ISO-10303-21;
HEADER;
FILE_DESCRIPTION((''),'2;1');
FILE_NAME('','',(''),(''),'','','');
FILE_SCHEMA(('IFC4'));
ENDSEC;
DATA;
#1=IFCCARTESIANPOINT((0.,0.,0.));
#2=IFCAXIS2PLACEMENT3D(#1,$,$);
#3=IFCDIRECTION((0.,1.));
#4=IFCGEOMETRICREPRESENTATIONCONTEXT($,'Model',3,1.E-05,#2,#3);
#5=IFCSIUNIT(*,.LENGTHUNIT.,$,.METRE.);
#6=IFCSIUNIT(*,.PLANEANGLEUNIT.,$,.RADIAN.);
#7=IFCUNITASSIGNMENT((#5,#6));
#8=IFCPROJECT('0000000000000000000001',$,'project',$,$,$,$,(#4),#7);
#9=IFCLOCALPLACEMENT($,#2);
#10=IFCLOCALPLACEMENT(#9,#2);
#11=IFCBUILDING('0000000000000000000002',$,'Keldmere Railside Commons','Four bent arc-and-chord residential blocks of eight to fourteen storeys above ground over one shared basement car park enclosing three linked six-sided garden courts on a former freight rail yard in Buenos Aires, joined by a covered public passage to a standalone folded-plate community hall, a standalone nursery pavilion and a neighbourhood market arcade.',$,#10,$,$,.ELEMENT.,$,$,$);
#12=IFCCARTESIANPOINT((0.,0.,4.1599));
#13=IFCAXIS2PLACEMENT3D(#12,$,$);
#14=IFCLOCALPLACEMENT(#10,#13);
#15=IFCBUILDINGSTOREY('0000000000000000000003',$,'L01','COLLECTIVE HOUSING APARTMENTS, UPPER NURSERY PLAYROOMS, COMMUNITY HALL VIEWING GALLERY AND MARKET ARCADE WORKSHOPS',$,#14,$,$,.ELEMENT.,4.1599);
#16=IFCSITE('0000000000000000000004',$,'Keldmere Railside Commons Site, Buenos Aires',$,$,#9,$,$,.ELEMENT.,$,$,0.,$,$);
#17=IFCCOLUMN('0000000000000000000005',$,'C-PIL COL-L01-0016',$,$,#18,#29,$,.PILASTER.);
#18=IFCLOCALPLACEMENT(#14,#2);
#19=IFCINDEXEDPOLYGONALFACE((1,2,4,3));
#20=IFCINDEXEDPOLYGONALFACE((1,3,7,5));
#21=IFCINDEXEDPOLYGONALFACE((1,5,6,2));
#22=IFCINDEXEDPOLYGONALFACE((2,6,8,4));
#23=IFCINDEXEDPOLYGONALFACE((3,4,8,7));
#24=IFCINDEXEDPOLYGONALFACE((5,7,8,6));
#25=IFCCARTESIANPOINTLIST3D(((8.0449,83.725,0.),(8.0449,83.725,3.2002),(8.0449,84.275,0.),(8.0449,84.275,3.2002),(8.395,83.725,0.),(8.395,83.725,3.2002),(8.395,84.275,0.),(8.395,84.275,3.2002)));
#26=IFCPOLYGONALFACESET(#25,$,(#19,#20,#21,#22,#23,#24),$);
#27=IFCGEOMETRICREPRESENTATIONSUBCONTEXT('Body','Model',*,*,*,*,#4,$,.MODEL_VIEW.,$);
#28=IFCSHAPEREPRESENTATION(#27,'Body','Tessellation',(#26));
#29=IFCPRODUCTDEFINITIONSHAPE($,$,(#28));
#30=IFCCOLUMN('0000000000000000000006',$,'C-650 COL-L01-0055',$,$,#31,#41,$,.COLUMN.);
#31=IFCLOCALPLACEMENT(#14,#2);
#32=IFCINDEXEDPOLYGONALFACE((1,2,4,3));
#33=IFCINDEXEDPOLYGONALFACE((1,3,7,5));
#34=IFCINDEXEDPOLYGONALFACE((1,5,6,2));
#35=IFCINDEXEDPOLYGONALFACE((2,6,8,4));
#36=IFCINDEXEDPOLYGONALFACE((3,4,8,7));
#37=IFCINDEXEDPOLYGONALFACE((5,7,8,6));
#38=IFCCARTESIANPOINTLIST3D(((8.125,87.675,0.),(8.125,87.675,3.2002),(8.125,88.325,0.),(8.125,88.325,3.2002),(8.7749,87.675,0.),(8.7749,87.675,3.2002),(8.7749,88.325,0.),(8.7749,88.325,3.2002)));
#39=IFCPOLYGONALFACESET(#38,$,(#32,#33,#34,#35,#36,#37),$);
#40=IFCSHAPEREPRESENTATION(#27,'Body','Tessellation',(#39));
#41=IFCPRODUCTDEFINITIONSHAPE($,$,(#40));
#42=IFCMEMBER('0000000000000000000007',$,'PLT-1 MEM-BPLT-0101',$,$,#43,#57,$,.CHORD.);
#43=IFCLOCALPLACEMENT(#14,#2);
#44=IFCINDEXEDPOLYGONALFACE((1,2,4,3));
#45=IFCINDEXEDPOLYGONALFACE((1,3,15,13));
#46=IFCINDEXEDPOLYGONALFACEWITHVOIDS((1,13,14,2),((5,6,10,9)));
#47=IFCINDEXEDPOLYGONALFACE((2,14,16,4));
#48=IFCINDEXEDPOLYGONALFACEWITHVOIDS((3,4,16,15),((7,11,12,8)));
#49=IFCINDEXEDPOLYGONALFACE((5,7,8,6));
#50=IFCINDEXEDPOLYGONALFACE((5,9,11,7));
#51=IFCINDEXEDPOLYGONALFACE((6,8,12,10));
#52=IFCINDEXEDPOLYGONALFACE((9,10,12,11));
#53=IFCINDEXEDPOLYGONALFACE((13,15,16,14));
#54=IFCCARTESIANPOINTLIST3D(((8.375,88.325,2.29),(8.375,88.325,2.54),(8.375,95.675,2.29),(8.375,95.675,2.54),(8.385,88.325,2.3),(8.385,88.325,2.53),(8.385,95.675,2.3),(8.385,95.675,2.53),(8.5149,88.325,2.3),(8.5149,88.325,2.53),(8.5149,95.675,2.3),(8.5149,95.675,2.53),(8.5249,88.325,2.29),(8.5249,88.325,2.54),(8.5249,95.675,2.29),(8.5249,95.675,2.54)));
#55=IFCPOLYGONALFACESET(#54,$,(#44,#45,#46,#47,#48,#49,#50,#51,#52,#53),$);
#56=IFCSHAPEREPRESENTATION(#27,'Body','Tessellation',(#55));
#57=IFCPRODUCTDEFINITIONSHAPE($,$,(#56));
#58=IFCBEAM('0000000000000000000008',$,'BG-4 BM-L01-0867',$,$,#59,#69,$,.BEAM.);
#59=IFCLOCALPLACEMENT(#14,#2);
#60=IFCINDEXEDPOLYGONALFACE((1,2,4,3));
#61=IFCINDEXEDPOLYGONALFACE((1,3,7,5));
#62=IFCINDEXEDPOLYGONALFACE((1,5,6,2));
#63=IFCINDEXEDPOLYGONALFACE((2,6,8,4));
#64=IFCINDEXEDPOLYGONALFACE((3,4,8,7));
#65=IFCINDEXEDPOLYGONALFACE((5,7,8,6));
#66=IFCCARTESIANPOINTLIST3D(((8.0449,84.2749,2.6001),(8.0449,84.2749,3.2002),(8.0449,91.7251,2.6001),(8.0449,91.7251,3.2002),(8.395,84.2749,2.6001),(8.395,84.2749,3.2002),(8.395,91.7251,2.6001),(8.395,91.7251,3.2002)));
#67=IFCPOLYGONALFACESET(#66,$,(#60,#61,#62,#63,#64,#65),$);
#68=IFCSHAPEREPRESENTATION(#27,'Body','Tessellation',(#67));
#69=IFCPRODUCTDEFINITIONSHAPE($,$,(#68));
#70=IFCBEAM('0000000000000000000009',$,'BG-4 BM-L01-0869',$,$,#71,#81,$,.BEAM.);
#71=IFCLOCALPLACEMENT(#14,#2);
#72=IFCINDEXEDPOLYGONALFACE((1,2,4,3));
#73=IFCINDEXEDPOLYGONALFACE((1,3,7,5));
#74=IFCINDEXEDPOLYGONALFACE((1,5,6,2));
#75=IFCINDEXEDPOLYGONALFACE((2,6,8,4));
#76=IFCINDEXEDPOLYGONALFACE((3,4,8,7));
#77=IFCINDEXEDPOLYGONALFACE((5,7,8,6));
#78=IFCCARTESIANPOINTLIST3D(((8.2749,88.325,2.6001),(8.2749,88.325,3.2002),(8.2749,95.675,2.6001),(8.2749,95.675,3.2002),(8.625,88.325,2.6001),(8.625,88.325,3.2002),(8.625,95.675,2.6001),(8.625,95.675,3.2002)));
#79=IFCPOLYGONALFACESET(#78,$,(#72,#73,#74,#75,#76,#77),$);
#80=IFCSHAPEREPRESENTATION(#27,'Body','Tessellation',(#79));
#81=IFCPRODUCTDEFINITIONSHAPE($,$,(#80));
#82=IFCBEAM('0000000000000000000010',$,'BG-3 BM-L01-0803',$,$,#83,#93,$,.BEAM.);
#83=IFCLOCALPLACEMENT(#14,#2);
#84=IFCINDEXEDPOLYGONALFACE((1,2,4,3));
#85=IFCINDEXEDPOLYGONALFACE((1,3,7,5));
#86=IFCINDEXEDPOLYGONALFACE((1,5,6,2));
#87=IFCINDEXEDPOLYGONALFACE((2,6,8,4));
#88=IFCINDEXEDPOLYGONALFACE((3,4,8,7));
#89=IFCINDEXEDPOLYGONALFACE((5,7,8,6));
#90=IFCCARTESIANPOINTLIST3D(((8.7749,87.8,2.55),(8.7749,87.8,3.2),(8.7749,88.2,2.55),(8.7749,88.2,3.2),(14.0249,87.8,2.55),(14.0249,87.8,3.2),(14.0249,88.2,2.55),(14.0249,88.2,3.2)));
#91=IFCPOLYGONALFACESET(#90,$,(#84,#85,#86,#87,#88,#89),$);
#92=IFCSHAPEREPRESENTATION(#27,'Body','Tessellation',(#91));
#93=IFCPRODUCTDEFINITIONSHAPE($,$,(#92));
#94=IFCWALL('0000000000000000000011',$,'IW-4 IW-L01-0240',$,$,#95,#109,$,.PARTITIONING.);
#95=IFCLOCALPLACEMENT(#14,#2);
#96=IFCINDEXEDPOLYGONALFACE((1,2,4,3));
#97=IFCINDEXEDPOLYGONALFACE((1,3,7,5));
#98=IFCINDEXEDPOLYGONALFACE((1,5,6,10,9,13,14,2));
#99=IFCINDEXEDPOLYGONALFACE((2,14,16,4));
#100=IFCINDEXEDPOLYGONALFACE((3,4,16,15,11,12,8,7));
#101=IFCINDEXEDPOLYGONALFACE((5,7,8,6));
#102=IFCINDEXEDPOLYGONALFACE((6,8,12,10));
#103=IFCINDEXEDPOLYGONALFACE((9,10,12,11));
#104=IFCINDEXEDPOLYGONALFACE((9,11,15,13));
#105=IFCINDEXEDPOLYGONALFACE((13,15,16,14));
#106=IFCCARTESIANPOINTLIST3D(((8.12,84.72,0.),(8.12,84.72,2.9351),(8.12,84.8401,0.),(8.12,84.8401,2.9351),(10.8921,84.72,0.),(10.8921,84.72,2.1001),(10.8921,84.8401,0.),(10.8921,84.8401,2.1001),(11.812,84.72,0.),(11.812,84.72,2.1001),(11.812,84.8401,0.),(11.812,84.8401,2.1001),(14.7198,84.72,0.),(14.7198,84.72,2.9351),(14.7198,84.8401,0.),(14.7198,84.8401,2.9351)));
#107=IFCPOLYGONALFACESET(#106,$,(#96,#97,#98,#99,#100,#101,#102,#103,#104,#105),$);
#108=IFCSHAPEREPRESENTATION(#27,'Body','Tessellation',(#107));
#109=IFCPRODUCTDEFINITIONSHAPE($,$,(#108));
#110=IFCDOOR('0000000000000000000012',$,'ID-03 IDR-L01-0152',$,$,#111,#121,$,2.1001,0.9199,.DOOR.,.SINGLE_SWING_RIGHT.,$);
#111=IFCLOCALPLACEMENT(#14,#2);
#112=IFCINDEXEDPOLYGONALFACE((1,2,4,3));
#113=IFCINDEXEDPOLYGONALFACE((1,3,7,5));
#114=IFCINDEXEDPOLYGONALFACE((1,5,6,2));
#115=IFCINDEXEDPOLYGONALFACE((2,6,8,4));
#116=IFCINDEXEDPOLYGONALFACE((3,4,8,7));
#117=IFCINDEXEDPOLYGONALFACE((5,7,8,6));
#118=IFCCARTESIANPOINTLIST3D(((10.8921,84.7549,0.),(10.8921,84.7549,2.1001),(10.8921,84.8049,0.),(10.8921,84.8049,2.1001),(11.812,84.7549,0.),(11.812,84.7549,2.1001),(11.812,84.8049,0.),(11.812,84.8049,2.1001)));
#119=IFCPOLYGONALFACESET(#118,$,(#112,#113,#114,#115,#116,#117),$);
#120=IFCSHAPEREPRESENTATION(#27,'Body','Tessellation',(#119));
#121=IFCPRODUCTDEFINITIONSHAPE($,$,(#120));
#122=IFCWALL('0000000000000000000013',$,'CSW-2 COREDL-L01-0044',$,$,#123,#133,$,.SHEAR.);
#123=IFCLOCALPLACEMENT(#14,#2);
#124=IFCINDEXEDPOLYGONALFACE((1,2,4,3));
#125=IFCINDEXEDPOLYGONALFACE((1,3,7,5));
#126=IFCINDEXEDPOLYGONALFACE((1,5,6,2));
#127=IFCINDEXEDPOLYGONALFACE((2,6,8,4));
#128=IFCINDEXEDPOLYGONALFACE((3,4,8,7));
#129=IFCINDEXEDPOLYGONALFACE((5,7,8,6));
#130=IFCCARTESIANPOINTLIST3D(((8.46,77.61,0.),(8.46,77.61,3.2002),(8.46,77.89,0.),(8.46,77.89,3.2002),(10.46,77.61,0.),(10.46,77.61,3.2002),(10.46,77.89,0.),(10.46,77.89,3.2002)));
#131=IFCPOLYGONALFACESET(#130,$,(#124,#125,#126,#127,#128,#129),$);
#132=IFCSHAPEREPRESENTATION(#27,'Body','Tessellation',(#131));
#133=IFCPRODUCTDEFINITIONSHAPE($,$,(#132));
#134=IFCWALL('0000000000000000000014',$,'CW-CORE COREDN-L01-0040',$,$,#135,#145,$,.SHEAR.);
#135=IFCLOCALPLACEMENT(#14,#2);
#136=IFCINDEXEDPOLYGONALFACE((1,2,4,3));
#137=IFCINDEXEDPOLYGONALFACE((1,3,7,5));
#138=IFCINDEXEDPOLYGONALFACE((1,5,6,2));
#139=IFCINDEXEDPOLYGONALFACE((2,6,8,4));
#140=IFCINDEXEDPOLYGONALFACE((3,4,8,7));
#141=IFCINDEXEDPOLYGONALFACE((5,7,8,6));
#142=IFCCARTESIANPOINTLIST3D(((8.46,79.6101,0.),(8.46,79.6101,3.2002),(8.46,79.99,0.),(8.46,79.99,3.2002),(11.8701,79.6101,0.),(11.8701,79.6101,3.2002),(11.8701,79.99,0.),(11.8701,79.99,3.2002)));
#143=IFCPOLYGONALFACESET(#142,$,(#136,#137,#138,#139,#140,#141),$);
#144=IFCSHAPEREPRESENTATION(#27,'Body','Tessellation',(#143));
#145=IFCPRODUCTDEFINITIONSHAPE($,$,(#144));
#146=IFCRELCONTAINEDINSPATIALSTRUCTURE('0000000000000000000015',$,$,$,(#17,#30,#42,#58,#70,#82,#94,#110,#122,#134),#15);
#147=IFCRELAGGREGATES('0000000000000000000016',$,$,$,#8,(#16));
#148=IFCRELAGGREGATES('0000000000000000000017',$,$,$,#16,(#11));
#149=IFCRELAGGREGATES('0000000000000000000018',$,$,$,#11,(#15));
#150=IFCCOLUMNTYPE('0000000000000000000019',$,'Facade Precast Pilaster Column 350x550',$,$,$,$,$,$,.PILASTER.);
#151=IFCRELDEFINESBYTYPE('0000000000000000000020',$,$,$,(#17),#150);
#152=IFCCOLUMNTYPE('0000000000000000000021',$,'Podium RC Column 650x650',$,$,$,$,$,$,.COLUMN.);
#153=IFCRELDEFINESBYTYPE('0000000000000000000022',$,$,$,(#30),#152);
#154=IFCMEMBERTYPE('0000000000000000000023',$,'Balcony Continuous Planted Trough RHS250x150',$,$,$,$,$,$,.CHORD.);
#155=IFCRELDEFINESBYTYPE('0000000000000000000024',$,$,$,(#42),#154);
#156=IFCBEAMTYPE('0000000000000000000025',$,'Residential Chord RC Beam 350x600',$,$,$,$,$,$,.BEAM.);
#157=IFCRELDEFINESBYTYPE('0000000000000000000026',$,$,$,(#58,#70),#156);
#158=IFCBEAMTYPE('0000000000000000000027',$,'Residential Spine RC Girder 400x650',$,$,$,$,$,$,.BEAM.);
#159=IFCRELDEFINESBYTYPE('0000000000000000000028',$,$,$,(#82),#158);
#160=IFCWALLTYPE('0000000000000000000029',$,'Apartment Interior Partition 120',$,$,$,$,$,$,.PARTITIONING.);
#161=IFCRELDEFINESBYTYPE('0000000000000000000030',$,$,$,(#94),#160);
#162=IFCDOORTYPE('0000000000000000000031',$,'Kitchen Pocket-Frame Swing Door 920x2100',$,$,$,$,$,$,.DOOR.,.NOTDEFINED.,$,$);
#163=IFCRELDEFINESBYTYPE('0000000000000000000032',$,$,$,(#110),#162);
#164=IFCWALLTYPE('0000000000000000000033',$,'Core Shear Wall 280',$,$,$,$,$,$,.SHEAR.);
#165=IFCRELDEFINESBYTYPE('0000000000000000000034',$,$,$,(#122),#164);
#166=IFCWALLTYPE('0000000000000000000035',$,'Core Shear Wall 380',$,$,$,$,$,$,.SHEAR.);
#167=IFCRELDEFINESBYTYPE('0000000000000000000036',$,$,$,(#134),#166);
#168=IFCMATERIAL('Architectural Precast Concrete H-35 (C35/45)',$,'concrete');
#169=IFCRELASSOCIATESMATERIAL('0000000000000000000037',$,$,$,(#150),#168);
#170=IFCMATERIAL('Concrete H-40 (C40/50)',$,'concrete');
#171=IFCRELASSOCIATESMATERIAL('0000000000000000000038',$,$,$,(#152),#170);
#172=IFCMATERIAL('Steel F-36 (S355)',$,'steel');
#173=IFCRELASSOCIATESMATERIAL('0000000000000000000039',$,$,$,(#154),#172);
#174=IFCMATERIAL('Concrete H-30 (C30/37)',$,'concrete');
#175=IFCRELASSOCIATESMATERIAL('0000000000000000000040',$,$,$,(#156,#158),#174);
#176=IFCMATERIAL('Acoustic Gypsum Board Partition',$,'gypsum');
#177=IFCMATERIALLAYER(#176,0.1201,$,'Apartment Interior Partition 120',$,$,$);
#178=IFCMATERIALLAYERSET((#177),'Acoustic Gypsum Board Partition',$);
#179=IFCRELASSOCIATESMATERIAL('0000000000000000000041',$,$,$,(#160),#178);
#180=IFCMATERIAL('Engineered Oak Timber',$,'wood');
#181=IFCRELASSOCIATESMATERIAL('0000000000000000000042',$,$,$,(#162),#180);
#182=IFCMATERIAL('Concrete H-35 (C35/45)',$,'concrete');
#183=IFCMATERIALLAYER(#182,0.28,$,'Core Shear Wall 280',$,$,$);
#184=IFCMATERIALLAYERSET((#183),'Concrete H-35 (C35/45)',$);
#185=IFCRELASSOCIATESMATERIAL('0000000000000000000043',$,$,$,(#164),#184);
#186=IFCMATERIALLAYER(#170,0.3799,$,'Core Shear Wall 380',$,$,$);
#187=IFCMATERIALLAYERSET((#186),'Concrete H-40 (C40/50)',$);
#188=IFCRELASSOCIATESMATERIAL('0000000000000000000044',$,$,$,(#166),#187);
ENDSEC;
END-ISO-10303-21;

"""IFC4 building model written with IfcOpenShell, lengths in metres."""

from ifc_helpers import new_model, si_unit, direction, frame, frame_2d, origin, origin_2d, place, context, subcontext, project, spatial, rectangle, hollow_rectangle, extrude, material, layer, layer_set, material_profile, profile_set, type_object, element, fill, save


model = new_model("IFC4")

# Units and contexts
model_context = context("Model", 3, precision=1e-05, world=origin(), true_north=direction((0.0, 1.0)))
body_context = subcontext(model_context, "Body", "Model", "MODEL_VIEW")
ifc_project = project(units=[si_unit("LENGTHUNIT", "METRE"), si_unit("PLANEANGLEUNIT", "RADIAN")], contexts=[model_context])

# Site, building, storey
site_placement = place(None, origin())
site = spatial("IfcSite", under=ifc_project, at=site_placement, Name="Keldmere Railside Commons Site, Buenos Aires", CompositionType="ELEMENT", RefElevation=0.0)
building_placement = place(site_placement, origin())
building = spatial("IfcBuilding", under=site, at=building_placement, Name="Keldmere Railside Commons", Description="Four bent arc-and-chord residential blocks of eight to fourteen storeys above ground over one shared basement car park enclosing three linked six-sided garden courts on a former freight rail yard in Buenos Aires, joined by a covered public passage to a standalone folded-plate community hall, a standalone nursery pavilion and a neighbourhood market arcade.", CompositionType="ELEMENT")
storey_placement = place(building_placement, frame((0.0, 0.0, 4.1599)))
storey = spatial("IfcBuildingStorey", under=building, at=storey_placement, Name="L01", Description="COLLECTIVE HOUSING APARTMENTS, UPPER NURSERY PLAYROOMS, COMMUNITY HALL VIEWING GALLERY AND MARKET ARCADE WORKSHOPS", CompositionType="ELEMENT", Elevation=4.1599)

# Columns
ifc_material_1 = material(Name="Architectural Precast Concrete H-35 (C35/45)", Category="concrete")
ifc_material_profile_1 = material_profile(ifc_material_1, rectangle(XDim=0.3501, YDim=0.55, at=origin_2d()), Name="RC-350x550")
ifc_profile_set_1 = profile_set([ifc_material_profile_1], Name="Architectural Precast Concrete H-35 (C35/45)")
column_type_1 = type_object("IfcColumnType", Name="Facade Precast Pilaster Column 350x550", PredefinedType="PILASTER", material=ifc_profile_set_1)
column_1_placement = place(storey_placement, frame((8.22, 84.0, 0.0), z_axis=(0.0, 0.0, 1.0), x_axis=(1.0, 0.0, 0.0)))
element("IfcColumn", 1, at=column_1_placement, inside=storey, type_object=column_type_1, Name="C-PIL COL-L01-0016", PredefinedType="PILASTER", context=body_context, shape_type="SweptSolid", body=[
    extrude(rectangle(XDim=0.3501, YDim=0.55, at=origin_2d()), origin(), (0.0, 0.0, 1.0), 3.2002),
])
ifc_material_2 = material(Name="Concrete H-40 (C40/50)", Category="concrete")
ifc_material_profile_2 = material_profile(ifc_material_2, rectangle(XDim=0.6499, YDim=0.6499, at=origin_2d()), Name="RC-650x650")
ifc_profile_set_2 = profile_set([ifc_material_profile_2], Name="Concrete H-40 (C40/50)")
column_type_2 = type_object("IfcColumnType", Name="Podium RC Column 650x650", PredefinedType="COLUMN", material=ifc_profile_set_2)
column_2_placement = place(storey_placement, frame((8.45, 88.0, 0.0), z_axis=(0.0, 0.0, 1.0), x_axis=(1.0, 0.0, 0.0)))
element("IfcColumn", 2, at=column_2_placement, inside=storey, type_object=column_type_2, Name="C-650 COL-L01-0055", PredefinedType="COLUMN", context=body_context, shape_type="SweptSolid", body=[
    extrude(rectangle(XDim=0.6499, YDim=0.6499, at=origin_2d()), origin(), (0.0, 0.0, 1.0), 3.2002),
])

# Member
ifc_material_3 = material(Name="Steel F-36 (S355)", Category="steel")
ifc_material_profile_3 = material_profile(ifc_material_3, hollow_rectangle(XDim=0.1499, YDim=0.25, WallThickness=0.01, at=origin_2d()), Name="RHS-250x150x10")
ifc_profile_set_3 = profile_set([ifc_material_profile_3], Name="Steel F-36 (S355)")
member_type = type_object("IfcMemberType", Name="Balcony Continuous Planted Trough RHS250x150", PredefinedType="CHORD", material=ifc_profile_set_3)
member_placement = place(storey_placement, frame((8.45, 88.325, 2.415), z_axis=(0.0, 1.0, 0.0), x_axis=(-1.0, 0.0, 0.0)))
element("IfcMember", 3, at=member_placement, inside=storey, type_object=member_type, Name="PLT-1 MEM-BPLT-0101", PredefinedType="CHORD", context=body_context, shape_type="SweptSolid", body=[
    extrude(hollow_rectangle(XDim=0.1499, YDim=0.25, WallThickness=0.01, at=origin_2d()), origin(), (0.0, 0.0, 1.0), 7.3501),
])

# Beams
ifc_material_4 = material(Name="Concrete H-30 (C30/37)", Category="concrete")
ifc_material_profile_4 = material_profile(ifc_material_4, rectangle(XDim=0.3501, YDim=0.6001, at=origin_2d()), Name="RC-350x600")
ifc_profile_set_4 = profile_set([ifc_material_profile_4], Name="Concrete H-30 (C30/37)")
beam_type_1 = type_object("IfcBeamType", Name="Residential Chord RC Beam 350x600", PredefinedType="BEAM", material=ifc_profile_set_4)
beam_1_placement = place(storey_placement, frame((8.22, 84.2749, 2.9001), z_axis=(0.0, 1.0, 0.0), x_axis=(-1.0, 0.0, 0.0)))
element("IfcBeam", 4, at=beam_1_placement, inside=storey, type_object=beam_type_1, Name="BG-4 BM-L01-0867", PredefinedType="BEAM", context=body_context, shape_type="SweptSolid", body=[
    extrude(rectangle(XDim=0.3501, YDim=0.6001, at=origin_2d()), origin(), (0.0, 0.0, 1.0), 7.4502),
])
beam_2_placement = place(storey_placement, frame((8.45, 88.325, 2.9001), z_axis=(0.0, 1.0, 0.0), x_axis=(-1.0, 0.0, 0.0)))
element("IfcBeam", 5, at=beam_2_placement, inside=storey, type_object=beam_type_1, Name="BG-4 BM-L01-0869", PredefinedType="BEAM", context=body_context, shape_type="SweptSolid", body=[
    extrude(rectangle(XDim=0.3501, YDim=0.6001, at=origin_2d()), origin(), (0.0, 0.0, 1.0), 7.3501),
])
ifc_material_profile_5 = material_profile(ifc_material_4, rectangle(XDim=0.3999, YDim=0.6499, at=origin_2d()), Name="RC-400x650")
ifc_profile_set_5 = profile_set([ifc_material_profile_5], Name="Concrete H-30 (C30/37)")
beam_type_2 = type_object("IfcBeamType", Name="Residential Spine RC Girder 400x650", PredefinedType="BEAM", material=ifc_profile_set_5)
beam_3_placement = place(storey_placement, frame((8.7749, 88.0, 2.875), z_axis=(1.0, 0.0, 0.0), x_axis=(0.0, 1.0, 0.0)))
element("IfcBeam", 6, at=beam_3_placement, inside=storey, type_object=beam_type_2, Name="BG-3 BM-L01-0803", PredefinedType="BEAM", context=body_context, shape_type="SweptSolid", body=[
    extrude(rectangle(XDim=0.3999, YDim=0.6499, at=origin_2d()), origin(), (0.0, 0.0, 1.0), 5.25),
])

# Wall, opening, door
ifc_material_5 = material(Name="Acoustic Gypsum Board Partition", Category="gypsum")
ifc_layer_1 = layer(ifc_material_5, 0.1201, Name="Apartment Interior Partition 120")
ifc_layer_set_1 = layer_set([ifc_layer_1], Name="Acoustic Gypsum Board Partition")
wall_type_1 = type_object("IfcWallType", Name="Apartment Interior Partition 120", PredefinedType="PARTITIONING", material=ifc_layer_set_1)
wall_1_placement = place(storey_placement, frame((8.1201, 84.78, 0.0), z_axis=(0.0, 0.0, 1.0), x_axis=(1.0, 0.0, 0.0)))
wall_1 = element("IfcWall", 7, at=wall_1_placement, inside=storey, type_object=wall_type_1, Name="IW-4 IW-L01-0240", PredefinedType="PARTITIONING", context=body_context, shape_type="SweptSolid", body=[
    extrude(rectangle(XDim=6.5999, YDim=0.1201, at=frame_2d((3.2998, 0.0))), origin(), (0.0, 0.0, 1.0), 2.9351),
])
opening_1_placement = place(wall_1_placement, frame((2.772, 0.0, 0.0)))
opening_1 = element("IfcOpeningElement", 8, at=opening_1_placement, cuts=wall_1, PredefinedType="OPENING", context=body_context, shape_type="SweptSolid", body=[
    extrude(rectangle(XDim=0.9199, YDim=2.1001, at=frame_2d((0.46, 1.05))), frame((0.0, 0.0701, 0.0), z_axis=(0.0, -1.0, 0.0), x_axis=(1.0, 0.0, 0.0)), (0.0, 0.0, 1.0), 0.1401),
])
ifc_material_6 = material(Name="Engineered Oak Timber", Category="wood")
door_type_1 = type_object("IfcDoorType", Name="Kitchen Pocket-Frame Swing Door 920x2100", OperationType="NOTDEFINED", PredefinedType="DOOR", material=ifc_material_6)
door_1_placement = place(opening_1_placement, origin())
door_1 = element("IfcDoor", 9, at=door_1_placement, inside=storey, type_object=door_type_1, Name="ID-03 IDR-L01-0152", OperationType="SINGLE_SWING_RIGHT", OverallHeight=2.1001, OverallWidth=0.9199, PredefinedType="DOOR", context=body_context, shape_type="SweptSolid", body=[
    extrude(rectangle(XDim=0.9199, YDim=2.1001, at=frame_2d((0.46, 1.05))), frame((0.0, 0.0249, 0.0), z_axis=(0.0, -1.0, 0.0), x_axis=(1.0, 0.0, 0.0)), (0.0, 0.0, 1.0), 0.05),
])
fill(opening_1, door_1)

# Walls
ifc_material_7 = material(Name="Concrete H-35 (C35/45)", Category="concrete")
ifc_layer_2 = layer(ifc_material_7, 0.28, Name="Core Shear Wall 280")
ifc_layer_set_2 = layer_set([ifc_layer_2], Name="Concrete H-35 (C35/45)")
wall_type_2 = type_object("IfcWallType", Name="Core Shear Wall 280", PredefinedType="SHEAR", material=ifc_layer_set_2)
wall_2_placement = place(storey_placement, frame((8.46, 77.75, 0.0), z_axis=(0.0, 0.0, 1.0), x_axis=(1.0, 0.0, 0.0)))
element("IfcWall", 10, at=wall_2_placement, inside=storey, type_object=wall_type_2, Name="CSW-2 COREDL-L01-0044", PredefinedType="SHEAR", context=body_context, shape_type="SweptSolid", body=[
    extrude(rectangle(XDim=2.0, YDim=0.28, at=frame_2d((1.0, 0.0))), origin(), (0.0, 0.0, 1.0), 3.2002),
])
ifc_layer_3 = layer(ifc_material_2, 0.3799, Name="Core Shear Wall 380")
ifc_layer_set_3 = layer_set([ifc_layer_3], Name="Concrete H-40 (C40/50)")
wall_type_3 = type_object("IfcWallType", Name="Core Shear Wall 380", PredefinedType="SHEAR", material=ifc_layer_set_3)
wall_3_placement = place(storey_placement, frame((8.46, 79.8, 0.0), z_axis=(0.0, 0.0, 1.0), x_axis=(1.0, 0.0, 0.0)))
element("IfcWall", 11, at=wall_3_placement, inside=storey, type_object=wall_type_3, Name="CW-CORE COREDN-L01-0040", PredefinedType="SHEAR", context=body_context, shape_type="SweptSolid", body=[
    extrude(rectangle(XDim=3.4102, YDim=0.3799, at=frame_2d((1.7051, 0.0))), origin(), (0.0, 0.0, 1.0), 3.2002),
])

save(model, "model.ifc")
